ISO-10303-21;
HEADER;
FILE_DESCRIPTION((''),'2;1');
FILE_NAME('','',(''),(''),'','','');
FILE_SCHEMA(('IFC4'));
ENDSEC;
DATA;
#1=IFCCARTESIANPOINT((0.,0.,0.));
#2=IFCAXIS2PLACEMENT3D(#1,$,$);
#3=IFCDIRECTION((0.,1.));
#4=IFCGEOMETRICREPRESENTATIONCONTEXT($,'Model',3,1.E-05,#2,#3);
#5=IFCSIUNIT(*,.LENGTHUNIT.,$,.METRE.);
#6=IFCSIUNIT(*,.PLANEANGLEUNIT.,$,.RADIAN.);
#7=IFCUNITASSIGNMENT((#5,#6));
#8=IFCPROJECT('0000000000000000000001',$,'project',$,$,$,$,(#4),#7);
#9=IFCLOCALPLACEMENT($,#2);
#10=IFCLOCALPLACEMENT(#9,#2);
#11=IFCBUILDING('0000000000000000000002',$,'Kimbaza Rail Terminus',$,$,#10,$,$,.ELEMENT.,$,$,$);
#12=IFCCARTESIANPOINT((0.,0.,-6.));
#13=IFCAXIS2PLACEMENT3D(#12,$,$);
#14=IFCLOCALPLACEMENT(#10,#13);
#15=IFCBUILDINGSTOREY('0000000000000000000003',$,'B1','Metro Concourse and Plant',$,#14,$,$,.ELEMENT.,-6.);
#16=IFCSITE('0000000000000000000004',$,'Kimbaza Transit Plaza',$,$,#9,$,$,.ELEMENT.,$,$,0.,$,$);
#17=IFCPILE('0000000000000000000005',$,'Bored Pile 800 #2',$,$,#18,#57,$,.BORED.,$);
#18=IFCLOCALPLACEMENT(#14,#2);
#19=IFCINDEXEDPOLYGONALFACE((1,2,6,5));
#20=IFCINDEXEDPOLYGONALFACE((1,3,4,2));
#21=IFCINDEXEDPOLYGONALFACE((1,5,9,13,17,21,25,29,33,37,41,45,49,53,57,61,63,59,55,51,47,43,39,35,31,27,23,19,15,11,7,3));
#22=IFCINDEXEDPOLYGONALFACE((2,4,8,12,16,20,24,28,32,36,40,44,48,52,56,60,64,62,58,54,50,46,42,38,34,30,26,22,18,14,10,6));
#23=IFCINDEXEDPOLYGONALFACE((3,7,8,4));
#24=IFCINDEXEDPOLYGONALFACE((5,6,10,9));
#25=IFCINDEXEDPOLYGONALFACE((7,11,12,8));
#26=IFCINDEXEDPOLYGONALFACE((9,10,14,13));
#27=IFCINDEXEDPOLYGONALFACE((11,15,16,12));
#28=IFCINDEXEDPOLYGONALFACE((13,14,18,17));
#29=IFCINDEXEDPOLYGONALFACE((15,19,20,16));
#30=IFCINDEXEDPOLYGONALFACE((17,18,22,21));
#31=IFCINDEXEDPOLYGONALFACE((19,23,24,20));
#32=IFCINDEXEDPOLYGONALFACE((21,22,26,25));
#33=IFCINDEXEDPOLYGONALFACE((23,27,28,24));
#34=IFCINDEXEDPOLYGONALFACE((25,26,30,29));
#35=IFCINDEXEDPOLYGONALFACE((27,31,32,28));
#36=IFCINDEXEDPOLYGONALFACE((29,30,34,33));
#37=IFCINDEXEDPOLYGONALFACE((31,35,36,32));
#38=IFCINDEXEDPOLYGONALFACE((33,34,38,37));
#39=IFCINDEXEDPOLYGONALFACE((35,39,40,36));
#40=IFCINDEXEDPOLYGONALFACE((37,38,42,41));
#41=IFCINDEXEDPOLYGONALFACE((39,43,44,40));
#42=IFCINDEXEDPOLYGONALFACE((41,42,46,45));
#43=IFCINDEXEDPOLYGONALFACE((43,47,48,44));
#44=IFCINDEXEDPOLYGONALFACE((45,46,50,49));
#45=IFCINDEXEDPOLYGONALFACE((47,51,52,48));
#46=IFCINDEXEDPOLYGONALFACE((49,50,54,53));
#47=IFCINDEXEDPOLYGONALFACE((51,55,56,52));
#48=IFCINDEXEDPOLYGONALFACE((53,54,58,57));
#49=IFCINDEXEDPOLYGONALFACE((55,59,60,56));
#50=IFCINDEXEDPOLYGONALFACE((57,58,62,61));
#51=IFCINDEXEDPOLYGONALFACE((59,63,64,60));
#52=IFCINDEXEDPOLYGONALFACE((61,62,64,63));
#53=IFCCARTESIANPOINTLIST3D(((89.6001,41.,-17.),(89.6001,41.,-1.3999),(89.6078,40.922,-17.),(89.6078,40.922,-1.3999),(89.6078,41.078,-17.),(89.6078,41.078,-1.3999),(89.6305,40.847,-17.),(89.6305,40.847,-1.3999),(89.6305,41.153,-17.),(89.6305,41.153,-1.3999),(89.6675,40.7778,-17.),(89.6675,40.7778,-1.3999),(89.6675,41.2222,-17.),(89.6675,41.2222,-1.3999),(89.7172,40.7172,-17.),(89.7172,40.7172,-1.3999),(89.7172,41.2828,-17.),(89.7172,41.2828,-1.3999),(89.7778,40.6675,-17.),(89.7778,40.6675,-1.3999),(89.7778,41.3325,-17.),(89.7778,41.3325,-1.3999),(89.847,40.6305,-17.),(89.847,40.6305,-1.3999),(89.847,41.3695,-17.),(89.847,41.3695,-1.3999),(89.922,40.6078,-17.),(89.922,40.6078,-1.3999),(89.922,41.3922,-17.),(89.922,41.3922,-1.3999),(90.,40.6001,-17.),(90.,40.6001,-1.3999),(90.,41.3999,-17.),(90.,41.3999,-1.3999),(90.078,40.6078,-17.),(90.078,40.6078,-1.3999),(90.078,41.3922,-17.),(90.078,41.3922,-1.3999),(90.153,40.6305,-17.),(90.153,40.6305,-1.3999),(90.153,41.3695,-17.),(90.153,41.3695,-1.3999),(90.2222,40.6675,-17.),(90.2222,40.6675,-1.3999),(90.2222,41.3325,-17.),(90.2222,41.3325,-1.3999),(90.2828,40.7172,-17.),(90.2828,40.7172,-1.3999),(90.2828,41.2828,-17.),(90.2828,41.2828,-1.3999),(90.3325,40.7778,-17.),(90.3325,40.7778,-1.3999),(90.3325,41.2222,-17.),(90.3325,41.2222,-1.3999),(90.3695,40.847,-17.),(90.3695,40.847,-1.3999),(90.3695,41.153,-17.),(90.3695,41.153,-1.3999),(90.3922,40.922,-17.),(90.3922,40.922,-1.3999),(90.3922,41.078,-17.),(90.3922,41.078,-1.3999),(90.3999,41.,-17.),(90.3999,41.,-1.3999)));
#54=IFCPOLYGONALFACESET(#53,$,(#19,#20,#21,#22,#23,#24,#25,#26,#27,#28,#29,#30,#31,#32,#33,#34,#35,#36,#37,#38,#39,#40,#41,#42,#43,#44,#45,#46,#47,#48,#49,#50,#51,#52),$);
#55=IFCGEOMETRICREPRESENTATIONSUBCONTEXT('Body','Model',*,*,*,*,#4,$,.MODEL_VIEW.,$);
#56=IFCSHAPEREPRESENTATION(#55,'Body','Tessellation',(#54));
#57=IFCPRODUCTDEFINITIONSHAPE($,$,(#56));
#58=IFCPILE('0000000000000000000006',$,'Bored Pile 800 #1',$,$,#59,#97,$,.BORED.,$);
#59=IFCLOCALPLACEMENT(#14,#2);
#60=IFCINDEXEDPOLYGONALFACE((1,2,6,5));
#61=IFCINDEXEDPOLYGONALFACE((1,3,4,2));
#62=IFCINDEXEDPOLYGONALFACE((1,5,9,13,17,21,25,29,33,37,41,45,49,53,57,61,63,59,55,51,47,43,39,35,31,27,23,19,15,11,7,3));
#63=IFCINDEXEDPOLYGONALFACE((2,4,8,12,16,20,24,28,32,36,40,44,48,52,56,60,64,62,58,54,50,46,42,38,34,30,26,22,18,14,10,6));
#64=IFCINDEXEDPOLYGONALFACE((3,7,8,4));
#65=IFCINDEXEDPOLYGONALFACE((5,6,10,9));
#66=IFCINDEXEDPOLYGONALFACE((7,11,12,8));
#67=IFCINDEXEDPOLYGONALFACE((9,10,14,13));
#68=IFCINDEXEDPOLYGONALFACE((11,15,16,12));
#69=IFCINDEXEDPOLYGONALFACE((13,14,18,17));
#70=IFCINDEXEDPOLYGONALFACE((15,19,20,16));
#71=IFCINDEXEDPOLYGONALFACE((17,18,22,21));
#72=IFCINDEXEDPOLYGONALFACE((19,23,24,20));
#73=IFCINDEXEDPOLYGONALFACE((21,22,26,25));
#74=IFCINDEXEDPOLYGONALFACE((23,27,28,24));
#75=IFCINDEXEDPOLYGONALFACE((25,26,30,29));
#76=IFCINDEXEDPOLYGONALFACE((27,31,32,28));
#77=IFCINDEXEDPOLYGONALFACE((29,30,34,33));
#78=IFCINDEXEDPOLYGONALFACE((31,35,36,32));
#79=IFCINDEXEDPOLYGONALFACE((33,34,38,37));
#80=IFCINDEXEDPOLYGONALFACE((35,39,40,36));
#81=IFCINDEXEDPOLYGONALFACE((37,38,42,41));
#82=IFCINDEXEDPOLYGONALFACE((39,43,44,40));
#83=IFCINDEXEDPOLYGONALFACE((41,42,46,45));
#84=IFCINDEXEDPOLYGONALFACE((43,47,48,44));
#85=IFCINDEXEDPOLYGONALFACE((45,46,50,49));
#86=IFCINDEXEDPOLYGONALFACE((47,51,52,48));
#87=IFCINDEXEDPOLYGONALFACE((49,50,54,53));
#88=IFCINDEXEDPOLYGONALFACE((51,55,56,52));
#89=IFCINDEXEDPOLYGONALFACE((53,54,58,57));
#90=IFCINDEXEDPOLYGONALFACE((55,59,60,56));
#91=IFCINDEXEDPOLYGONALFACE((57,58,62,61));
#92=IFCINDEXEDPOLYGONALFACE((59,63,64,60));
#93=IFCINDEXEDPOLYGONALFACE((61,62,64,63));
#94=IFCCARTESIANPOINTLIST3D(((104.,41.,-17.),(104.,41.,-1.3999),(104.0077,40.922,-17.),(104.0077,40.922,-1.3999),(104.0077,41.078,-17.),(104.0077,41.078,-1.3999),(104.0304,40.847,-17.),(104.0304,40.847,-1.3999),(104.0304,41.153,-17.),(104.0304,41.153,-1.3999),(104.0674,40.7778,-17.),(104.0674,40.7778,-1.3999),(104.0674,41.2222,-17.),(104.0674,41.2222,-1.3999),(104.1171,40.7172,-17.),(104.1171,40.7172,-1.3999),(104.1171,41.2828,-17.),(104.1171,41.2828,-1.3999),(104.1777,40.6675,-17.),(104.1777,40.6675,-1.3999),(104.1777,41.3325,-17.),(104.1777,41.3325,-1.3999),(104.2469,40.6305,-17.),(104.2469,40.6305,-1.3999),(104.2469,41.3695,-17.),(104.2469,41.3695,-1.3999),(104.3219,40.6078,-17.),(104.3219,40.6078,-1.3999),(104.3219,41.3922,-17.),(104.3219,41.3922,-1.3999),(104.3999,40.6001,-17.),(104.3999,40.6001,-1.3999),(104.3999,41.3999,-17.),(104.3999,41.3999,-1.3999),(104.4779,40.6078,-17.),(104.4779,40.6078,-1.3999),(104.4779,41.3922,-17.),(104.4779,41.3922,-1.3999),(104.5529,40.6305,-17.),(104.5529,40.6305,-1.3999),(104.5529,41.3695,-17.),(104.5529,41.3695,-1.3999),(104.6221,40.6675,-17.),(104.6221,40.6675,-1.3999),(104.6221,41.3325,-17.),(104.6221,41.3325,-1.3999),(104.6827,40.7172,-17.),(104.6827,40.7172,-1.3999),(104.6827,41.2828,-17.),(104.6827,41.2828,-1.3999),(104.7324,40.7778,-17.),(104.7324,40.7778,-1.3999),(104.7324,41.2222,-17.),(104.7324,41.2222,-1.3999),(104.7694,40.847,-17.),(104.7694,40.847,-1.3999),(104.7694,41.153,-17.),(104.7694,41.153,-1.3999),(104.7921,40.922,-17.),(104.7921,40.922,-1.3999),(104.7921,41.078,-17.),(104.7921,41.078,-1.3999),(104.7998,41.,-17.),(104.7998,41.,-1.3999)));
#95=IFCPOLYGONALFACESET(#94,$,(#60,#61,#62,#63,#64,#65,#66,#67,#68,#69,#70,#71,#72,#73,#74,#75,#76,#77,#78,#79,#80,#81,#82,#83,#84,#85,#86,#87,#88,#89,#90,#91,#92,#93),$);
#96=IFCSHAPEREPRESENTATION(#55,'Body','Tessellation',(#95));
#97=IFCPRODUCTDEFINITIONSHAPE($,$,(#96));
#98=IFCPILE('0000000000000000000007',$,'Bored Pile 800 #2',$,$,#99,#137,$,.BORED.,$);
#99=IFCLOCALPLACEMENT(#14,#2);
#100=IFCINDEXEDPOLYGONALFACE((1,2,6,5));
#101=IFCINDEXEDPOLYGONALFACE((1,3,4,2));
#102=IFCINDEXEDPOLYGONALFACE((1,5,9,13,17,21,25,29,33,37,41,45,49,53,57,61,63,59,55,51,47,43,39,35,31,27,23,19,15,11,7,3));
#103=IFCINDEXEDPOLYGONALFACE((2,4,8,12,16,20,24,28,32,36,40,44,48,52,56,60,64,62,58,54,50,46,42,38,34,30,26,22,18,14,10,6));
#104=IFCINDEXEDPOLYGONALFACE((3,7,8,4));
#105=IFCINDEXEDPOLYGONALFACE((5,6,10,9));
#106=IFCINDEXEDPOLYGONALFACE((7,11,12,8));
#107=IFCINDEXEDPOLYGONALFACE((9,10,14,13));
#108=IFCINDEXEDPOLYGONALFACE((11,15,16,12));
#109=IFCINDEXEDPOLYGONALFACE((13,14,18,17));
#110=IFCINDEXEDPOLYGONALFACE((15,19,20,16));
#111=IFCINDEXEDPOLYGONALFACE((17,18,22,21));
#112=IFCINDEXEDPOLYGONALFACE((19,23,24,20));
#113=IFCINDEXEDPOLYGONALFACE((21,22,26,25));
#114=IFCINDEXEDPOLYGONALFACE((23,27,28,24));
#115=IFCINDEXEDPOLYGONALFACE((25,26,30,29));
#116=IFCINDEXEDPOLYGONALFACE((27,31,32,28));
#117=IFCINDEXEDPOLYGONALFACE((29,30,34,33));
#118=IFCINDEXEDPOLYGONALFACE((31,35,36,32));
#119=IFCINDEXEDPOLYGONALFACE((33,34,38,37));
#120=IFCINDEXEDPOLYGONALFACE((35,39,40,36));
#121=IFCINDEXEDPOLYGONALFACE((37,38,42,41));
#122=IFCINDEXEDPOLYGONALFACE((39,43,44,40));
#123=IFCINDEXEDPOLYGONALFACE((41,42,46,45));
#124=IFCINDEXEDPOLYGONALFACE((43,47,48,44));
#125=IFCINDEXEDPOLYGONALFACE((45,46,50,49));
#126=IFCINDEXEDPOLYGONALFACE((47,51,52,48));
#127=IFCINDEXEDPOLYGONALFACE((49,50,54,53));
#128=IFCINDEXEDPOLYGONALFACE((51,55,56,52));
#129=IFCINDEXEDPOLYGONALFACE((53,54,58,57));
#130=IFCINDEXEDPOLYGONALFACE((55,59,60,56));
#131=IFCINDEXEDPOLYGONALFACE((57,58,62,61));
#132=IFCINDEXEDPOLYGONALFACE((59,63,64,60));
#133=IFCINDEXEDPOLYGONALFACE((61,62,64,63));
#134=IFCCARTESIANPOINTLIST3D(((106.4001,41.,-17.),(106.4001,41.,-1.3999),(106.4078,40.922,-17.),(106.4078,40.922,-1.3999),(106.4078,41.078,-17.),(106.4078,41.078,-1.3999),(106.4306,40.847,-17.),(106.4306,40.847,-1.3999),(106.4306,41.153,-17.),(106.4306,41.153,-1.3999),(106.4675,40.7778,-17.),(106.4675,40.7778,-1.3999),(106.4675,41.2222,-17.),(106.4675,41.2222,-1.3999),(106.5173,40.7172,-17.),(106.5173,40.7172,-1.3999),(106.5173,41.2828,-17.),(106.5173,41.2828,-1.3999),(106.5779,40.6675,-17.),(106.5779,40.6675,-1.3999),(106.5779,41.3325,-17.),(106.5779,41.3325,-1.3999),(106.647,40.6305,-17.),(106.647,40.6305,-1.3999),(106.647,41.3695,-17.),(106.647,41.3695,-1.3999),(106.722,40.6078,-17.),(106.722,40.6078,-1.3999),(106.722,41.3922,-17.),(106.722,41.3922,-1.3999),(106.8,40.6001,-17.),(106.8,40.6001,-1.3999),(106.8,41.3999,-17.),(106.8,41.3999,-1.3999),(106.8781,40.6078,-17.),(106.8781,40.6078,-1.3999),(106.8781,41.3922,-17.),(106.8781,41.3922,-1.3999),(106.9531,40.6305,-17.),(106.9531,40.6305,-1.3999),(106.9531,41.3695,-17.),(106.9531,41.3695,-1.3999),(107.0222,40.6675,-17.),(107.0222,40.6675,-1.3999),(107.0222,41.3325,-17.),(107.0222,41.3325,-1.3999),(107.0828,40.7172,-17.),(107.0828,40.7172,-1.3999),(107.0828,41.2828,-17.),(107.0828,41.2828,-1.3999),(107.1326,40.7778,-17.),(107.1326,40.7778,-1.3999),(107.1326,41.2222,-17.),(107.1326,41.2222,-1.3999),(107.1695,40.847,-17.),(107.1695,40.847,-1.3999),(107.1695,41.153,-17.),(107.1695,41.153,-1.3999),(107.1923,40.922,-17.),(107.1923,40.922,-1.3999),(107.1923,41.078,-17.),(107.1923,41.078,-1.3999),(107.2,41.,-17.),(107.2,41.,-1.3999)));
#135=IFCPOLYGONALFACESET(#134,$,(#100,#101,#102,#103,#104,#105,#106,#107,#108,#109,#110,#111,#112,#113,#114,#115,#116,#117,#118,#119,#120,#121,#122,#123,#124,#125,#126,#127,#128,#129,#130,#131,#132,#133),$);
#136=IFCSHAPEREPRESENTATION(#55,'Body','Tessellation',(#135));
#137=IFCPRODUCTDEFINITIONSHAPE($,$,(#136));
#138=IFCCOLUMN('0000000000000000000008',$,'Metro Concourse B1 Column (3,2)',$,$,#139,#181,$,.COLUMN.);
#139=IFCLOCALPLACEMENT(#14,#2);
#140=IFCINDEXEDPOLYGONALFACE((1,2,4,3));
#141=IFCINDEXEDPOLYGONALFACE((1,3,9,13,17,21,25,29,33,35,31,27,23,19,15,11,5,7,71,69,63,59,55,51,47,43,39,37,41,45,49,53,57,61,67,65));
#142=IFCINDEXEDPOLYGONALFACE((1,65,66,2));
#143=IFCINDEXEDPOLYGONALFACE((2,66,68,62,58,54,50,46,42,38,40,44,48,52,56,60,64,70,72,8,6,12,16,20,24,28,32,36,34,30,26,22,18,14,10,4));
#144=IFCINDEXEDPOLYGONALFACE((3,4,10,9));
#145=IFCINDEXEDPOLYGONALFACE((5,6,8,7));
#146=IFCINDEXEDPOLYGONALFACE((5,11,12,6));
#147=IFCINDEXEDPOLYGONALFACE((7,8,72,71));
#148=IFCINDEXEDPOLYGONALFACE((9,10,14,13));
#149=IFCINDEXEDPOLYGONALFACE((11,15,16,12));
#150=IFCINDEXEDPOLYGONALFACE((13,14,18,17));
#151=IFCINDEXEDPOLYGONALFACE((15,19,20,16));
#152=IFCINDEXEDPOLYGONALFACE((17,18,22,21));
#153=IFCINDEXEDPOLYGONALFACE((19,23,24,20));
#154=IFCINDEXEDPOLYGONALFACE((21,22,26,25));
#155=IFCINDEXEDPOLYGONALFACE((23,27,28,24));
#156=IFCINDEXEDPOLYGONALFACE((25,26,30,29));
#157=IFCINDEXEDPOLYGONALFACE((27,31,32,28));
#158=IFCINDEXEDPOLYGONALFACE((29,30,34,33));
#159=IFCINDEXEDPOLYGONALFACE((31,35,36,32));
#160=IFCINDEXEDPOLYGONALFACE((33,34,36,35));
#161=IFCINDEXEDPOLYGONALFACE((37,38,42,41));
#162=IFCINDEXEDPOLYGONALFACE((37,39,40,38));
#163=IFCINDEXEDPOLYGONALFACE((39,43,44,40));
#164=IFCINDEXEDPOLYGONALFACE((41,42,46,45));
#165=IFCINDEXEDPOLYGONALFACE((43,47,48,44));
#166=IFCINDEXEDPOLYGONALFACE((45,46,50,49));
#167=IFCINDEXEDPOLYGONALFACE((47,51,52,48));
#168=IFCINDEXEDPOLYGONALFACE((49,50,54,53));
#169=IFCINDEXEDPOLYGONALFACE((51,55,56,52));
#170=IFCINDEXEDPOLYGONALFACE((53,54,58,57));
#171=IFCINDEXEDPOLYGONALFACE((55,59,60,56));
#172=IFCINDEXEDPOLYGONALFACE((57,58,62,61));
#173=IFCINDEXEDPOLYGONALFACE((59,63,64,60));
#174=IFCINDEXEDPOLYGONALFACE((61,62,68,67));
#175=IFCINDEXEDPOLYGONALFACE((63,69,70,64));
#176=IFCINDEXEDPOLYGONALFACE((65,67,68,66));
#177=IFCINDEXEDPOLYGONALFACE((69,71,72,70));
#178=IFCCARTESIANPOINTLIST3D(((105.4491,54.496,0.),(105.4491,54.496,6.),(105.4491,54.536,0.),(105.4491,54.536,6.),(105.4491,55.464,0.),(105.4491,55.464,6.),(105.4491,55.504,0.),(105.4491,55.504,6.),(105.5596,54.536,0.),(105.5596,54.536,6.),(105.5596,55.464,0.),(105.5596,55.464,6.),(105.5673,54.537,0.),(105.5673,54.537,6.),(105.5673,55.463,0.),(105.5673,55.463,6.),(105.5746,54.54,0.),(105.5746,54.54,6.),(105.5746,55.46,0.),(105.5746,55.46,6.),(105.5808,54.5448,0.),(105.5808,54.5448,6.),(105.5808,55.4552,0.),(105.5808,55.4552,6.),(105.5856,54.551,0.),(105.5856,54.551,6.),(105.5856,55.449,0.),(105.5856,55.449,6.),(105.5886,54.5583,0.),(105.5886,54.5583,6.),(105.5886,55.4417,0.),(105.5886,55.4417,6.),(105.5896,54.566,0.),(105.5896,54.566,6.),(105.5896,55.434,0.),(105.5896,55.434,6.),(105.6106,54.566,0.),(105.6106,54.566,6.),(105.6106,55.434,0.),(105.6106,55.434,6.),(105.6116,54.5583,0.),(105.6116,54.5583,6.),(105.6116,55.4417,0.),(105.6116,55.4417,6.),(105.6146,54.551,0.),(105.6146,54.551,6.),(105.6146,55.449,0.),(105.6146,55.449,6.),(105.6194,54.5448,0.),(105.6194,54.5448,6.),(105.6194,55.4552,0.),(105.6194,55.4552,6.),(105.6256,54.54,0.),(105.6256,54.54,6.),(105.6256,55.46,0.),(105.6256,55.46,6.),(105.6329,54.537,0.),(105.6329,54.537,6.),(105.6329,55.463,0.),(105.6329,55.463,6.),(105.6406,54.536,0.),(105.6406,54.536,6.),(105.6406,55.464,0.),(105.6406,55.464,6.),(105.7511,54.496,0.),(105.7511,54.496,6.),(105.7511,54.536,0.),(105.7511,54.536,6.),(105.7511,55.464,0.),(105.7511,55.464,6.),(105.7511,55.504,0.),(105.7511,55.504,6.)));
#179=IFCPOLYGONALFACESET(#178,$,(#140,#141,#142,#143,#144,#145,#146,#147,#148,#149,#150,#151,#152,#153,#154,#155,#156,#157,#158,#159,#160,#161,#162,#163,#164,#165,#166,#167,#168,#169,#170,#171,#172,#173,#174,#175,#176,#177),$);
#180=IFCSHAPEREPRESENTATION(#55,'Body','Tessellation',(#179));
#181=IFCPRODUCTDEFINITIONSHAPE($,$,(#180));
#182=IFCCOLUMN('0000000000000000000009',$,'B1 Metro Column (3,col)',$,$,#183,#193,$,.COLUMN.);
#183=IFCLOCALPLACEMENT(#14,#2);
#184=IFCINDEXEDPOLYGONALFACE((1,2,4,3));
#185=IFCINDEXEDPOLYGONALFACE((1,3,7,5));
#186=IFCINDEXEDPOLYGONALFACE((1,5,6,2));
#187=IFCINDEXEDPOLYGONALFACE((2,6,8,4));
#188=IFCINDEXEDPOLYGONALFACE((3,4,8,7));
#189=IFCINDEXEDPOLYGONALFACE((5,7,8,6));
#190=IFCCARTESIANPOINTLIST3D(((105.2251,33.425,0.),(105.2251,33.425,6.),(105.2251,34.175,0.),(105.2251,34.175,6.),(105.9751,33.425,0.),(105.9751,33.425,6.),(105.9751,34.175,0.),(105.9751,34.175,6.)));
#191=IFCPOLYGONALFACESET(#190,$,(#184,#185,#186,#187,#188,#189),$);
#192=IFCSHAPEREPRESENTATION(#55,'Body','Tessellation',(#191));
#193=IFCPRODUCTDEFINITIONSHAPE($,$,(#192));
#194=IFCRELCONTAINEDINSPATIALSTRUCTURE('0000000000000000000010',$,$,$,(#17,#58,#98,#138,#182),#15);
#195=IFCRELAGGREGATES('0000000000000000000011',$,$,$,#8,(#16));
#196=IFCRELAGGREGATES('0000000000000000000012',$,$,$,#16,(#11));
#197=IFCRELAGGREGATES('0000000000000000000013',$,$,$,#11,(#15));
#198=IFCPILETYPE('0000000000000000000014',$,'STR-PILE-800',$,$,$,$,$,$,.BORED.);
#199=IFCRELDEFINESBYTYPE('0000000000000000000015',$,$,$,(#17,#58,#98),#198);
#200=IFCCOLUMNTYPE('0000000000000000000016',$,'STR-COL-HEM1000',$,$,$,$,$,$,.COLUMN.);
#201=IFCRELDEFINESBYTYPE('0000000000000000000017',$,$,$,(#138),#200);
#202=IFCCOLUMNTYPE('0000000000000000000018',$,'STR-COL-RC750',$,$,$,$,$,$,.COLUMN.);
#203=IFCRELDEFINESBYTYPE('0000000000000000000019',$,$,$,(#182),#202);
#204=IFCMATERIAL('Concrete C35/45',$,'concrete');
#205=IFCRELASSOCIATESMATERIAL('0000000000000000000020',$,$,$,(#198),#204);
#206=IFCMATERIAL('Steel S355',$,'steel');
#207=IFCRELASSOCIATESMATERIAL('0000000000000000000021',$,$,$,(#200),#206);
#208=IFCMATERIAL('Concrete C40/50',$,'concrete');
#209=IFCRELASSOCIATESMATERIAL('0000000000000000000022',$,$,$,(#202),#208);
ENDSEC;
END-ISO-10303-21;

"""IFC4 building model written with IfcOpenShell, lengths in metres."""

from ifc_helpers import new_model, si_unit, direction, frame, origin, origin_2d, place, context, subcontext, project, spatial, rectangle, circle, i_section, extrude, material, material_profile, profile_set, type_object, element, save


model = new_model("IFC4")

# Units and contexts
model_context = context("Model", 3, precision=1e-05, world=origin(), true_north=direction((0.0, 1.0)))
body_context = subcontext(model_context, "Body", "Model", "MODEL_VIEW")
ifc_project = project(units=[si_unit("LENGTHUNIT", "METRE"), si_unit("PLANEANGLEUNIT", "RADIAN")], contexts=[model_context])

# Site, building, storey
site_placement = place(None, origin())
site = spatial("IfcSite", under=ifc_project, at=site_placement, Name="Kimbaza Transit Plaza", CompositionType="ELEMENT", RefElevation=0.0)
building_placement = place(site_placement, origin())
building = spatial("IfcBuilding", under=site, at=building_placement, Name="Kimbaza Rail Terminus", CompositionType="ELEMENT")
storey_placement = place(building_placement, frame((0.0, 0.0, -6.0)))
storey = spatial("IfcBuildingStorey", under=building, at=storey_placement, Name="B1", Description="Metro Concourse and Plant", CompositionType="ELEMENT", Elevation=-6.0)

# Piles
ifc_material_1 = material(Name="Concrete C35/45", Category="concrete")
ifc_material_profile_1 = material_profile(ifc_material_1, circle(Radius=0.3999, at=origin_2d()), Name="BORED PILE 800")
ifc_profile_set_1 = profile_set([ifc_material_profile_1], Name="Concrete C35/45")
pile_type_1 = type_object("IfcPileType", Name="STR-PILE-800", PredefinedType="BORED", material=ifc_profile_set_1)
for number, where, z_axis, x_axis, name in (
    (1, (90.0, 41.0, -1.3999), (0.0, 0.0, -1.0), (1.0, 0.0, 0.0), "Bored Pile 800 #2"),
    (2, (104.3999, 41.0, -1.3999), (0.0, 0.0, -1.0), (1.0, 0.0, 0.0), "Bored Pile 800 #1"),
    (3, (106.8, 41.0, -1.3999), (0.0, 0.0, -1.0), (1.0, 0.0, 0.0), "Bored Pile 800 #2"),
):
    element("IfcPile", number, at=place(storey_placement, frame(where, z_axis=z_axis, x_axis=x_axis)), inside=storey, type_object=pile_type_1, Name=name, PredefinedType="BORED", context=body_context, shape_type="SweptSolid", body=[
        extrude(circle(Radius=0.3999, at=origin_2d()), origin(), (0.0, 0.0, 1.0), 15.6001),
    ])

# Columns
ifc_material_2 = material(Name="Steel S355", Category="steel")
ifc_material_profile_2 = material_profile(ifc_material_2, i_section(OverallWidth=0.302, OverallDepth=1.0081, WebThickness=0.021, FlangeThickness=0.04, FilletRadius=0.03, at=origin_2d()), Name="HEM 1000")
ifc_profile_set_2 = profile_set([ifc_material_profile_2], Name="Steel S355")
column_type_1 = type_object("IfcColumnType", Name="STR-COL-HEM1000", PredefinedType="COLUMN", material=ifc_profile_set_2)
column_1_placement = place(storey_placement, frame((105.6001, 55.0, 0.0), z_axis=(0.0, 0.0, 1.0), x_axis=(1.0, 0.0, 0.0)))
element("IfcColumn", 4, at=column_1_placement, inside=storey, type_object=column_type_1, Name="Metro Concourse B1 Column (3,2)", PredefinedType="COLUMN", context=body_context, shape_type="SweptSolid", body=[
    extrude(i_section(OverallWidth=0.302, OverallDepth=1.0081, WebThickness=0.021, FlangeThickness=0.04, FilletRadius=0.03, at=origin_2d()), origin(), (0.0, 0.0, 1.0), 6.0),
])
ifc_material_3 = material(Name="Concrete C40/50", Category="concrete")
ifc_material_profile_3 = material_profile(ifc_material_3, rectangle(XDim=0.75, YDim=0.75, at=origin_2d()), Name="RC 750x750")
ifc_profile_set_3 = profile_set([ifc_material_profile_3], Name="Concrete C40/50")
column_type_2 = type_object("IfcColumnType", Name="STR-COL-RC750", PredefinedType="COLUMN", material=ifc_profile_set_3)
column_2_placement = place(storey_placement, frame((105.6001, 33.8, 0.0), z_axis=(0.0, 0.0, 1.0), x_axis=(1.0, 0.0, 0.0)))
element("IfcColumn", 5, at=column_2_placement, inside=storey, type_object=column_type_2, Name="B1 Metro Column (3,col)", PredefinedType="COLUMN", context=body_context, shape_type="SweptSolid", body=[
    extrude(rectangle(XDim=0.75, YDim=0.75, at=origin_2d()), origin(), (0.0, 0.0, 1.0), 6.0),
])

save(model, "model.ifc")
